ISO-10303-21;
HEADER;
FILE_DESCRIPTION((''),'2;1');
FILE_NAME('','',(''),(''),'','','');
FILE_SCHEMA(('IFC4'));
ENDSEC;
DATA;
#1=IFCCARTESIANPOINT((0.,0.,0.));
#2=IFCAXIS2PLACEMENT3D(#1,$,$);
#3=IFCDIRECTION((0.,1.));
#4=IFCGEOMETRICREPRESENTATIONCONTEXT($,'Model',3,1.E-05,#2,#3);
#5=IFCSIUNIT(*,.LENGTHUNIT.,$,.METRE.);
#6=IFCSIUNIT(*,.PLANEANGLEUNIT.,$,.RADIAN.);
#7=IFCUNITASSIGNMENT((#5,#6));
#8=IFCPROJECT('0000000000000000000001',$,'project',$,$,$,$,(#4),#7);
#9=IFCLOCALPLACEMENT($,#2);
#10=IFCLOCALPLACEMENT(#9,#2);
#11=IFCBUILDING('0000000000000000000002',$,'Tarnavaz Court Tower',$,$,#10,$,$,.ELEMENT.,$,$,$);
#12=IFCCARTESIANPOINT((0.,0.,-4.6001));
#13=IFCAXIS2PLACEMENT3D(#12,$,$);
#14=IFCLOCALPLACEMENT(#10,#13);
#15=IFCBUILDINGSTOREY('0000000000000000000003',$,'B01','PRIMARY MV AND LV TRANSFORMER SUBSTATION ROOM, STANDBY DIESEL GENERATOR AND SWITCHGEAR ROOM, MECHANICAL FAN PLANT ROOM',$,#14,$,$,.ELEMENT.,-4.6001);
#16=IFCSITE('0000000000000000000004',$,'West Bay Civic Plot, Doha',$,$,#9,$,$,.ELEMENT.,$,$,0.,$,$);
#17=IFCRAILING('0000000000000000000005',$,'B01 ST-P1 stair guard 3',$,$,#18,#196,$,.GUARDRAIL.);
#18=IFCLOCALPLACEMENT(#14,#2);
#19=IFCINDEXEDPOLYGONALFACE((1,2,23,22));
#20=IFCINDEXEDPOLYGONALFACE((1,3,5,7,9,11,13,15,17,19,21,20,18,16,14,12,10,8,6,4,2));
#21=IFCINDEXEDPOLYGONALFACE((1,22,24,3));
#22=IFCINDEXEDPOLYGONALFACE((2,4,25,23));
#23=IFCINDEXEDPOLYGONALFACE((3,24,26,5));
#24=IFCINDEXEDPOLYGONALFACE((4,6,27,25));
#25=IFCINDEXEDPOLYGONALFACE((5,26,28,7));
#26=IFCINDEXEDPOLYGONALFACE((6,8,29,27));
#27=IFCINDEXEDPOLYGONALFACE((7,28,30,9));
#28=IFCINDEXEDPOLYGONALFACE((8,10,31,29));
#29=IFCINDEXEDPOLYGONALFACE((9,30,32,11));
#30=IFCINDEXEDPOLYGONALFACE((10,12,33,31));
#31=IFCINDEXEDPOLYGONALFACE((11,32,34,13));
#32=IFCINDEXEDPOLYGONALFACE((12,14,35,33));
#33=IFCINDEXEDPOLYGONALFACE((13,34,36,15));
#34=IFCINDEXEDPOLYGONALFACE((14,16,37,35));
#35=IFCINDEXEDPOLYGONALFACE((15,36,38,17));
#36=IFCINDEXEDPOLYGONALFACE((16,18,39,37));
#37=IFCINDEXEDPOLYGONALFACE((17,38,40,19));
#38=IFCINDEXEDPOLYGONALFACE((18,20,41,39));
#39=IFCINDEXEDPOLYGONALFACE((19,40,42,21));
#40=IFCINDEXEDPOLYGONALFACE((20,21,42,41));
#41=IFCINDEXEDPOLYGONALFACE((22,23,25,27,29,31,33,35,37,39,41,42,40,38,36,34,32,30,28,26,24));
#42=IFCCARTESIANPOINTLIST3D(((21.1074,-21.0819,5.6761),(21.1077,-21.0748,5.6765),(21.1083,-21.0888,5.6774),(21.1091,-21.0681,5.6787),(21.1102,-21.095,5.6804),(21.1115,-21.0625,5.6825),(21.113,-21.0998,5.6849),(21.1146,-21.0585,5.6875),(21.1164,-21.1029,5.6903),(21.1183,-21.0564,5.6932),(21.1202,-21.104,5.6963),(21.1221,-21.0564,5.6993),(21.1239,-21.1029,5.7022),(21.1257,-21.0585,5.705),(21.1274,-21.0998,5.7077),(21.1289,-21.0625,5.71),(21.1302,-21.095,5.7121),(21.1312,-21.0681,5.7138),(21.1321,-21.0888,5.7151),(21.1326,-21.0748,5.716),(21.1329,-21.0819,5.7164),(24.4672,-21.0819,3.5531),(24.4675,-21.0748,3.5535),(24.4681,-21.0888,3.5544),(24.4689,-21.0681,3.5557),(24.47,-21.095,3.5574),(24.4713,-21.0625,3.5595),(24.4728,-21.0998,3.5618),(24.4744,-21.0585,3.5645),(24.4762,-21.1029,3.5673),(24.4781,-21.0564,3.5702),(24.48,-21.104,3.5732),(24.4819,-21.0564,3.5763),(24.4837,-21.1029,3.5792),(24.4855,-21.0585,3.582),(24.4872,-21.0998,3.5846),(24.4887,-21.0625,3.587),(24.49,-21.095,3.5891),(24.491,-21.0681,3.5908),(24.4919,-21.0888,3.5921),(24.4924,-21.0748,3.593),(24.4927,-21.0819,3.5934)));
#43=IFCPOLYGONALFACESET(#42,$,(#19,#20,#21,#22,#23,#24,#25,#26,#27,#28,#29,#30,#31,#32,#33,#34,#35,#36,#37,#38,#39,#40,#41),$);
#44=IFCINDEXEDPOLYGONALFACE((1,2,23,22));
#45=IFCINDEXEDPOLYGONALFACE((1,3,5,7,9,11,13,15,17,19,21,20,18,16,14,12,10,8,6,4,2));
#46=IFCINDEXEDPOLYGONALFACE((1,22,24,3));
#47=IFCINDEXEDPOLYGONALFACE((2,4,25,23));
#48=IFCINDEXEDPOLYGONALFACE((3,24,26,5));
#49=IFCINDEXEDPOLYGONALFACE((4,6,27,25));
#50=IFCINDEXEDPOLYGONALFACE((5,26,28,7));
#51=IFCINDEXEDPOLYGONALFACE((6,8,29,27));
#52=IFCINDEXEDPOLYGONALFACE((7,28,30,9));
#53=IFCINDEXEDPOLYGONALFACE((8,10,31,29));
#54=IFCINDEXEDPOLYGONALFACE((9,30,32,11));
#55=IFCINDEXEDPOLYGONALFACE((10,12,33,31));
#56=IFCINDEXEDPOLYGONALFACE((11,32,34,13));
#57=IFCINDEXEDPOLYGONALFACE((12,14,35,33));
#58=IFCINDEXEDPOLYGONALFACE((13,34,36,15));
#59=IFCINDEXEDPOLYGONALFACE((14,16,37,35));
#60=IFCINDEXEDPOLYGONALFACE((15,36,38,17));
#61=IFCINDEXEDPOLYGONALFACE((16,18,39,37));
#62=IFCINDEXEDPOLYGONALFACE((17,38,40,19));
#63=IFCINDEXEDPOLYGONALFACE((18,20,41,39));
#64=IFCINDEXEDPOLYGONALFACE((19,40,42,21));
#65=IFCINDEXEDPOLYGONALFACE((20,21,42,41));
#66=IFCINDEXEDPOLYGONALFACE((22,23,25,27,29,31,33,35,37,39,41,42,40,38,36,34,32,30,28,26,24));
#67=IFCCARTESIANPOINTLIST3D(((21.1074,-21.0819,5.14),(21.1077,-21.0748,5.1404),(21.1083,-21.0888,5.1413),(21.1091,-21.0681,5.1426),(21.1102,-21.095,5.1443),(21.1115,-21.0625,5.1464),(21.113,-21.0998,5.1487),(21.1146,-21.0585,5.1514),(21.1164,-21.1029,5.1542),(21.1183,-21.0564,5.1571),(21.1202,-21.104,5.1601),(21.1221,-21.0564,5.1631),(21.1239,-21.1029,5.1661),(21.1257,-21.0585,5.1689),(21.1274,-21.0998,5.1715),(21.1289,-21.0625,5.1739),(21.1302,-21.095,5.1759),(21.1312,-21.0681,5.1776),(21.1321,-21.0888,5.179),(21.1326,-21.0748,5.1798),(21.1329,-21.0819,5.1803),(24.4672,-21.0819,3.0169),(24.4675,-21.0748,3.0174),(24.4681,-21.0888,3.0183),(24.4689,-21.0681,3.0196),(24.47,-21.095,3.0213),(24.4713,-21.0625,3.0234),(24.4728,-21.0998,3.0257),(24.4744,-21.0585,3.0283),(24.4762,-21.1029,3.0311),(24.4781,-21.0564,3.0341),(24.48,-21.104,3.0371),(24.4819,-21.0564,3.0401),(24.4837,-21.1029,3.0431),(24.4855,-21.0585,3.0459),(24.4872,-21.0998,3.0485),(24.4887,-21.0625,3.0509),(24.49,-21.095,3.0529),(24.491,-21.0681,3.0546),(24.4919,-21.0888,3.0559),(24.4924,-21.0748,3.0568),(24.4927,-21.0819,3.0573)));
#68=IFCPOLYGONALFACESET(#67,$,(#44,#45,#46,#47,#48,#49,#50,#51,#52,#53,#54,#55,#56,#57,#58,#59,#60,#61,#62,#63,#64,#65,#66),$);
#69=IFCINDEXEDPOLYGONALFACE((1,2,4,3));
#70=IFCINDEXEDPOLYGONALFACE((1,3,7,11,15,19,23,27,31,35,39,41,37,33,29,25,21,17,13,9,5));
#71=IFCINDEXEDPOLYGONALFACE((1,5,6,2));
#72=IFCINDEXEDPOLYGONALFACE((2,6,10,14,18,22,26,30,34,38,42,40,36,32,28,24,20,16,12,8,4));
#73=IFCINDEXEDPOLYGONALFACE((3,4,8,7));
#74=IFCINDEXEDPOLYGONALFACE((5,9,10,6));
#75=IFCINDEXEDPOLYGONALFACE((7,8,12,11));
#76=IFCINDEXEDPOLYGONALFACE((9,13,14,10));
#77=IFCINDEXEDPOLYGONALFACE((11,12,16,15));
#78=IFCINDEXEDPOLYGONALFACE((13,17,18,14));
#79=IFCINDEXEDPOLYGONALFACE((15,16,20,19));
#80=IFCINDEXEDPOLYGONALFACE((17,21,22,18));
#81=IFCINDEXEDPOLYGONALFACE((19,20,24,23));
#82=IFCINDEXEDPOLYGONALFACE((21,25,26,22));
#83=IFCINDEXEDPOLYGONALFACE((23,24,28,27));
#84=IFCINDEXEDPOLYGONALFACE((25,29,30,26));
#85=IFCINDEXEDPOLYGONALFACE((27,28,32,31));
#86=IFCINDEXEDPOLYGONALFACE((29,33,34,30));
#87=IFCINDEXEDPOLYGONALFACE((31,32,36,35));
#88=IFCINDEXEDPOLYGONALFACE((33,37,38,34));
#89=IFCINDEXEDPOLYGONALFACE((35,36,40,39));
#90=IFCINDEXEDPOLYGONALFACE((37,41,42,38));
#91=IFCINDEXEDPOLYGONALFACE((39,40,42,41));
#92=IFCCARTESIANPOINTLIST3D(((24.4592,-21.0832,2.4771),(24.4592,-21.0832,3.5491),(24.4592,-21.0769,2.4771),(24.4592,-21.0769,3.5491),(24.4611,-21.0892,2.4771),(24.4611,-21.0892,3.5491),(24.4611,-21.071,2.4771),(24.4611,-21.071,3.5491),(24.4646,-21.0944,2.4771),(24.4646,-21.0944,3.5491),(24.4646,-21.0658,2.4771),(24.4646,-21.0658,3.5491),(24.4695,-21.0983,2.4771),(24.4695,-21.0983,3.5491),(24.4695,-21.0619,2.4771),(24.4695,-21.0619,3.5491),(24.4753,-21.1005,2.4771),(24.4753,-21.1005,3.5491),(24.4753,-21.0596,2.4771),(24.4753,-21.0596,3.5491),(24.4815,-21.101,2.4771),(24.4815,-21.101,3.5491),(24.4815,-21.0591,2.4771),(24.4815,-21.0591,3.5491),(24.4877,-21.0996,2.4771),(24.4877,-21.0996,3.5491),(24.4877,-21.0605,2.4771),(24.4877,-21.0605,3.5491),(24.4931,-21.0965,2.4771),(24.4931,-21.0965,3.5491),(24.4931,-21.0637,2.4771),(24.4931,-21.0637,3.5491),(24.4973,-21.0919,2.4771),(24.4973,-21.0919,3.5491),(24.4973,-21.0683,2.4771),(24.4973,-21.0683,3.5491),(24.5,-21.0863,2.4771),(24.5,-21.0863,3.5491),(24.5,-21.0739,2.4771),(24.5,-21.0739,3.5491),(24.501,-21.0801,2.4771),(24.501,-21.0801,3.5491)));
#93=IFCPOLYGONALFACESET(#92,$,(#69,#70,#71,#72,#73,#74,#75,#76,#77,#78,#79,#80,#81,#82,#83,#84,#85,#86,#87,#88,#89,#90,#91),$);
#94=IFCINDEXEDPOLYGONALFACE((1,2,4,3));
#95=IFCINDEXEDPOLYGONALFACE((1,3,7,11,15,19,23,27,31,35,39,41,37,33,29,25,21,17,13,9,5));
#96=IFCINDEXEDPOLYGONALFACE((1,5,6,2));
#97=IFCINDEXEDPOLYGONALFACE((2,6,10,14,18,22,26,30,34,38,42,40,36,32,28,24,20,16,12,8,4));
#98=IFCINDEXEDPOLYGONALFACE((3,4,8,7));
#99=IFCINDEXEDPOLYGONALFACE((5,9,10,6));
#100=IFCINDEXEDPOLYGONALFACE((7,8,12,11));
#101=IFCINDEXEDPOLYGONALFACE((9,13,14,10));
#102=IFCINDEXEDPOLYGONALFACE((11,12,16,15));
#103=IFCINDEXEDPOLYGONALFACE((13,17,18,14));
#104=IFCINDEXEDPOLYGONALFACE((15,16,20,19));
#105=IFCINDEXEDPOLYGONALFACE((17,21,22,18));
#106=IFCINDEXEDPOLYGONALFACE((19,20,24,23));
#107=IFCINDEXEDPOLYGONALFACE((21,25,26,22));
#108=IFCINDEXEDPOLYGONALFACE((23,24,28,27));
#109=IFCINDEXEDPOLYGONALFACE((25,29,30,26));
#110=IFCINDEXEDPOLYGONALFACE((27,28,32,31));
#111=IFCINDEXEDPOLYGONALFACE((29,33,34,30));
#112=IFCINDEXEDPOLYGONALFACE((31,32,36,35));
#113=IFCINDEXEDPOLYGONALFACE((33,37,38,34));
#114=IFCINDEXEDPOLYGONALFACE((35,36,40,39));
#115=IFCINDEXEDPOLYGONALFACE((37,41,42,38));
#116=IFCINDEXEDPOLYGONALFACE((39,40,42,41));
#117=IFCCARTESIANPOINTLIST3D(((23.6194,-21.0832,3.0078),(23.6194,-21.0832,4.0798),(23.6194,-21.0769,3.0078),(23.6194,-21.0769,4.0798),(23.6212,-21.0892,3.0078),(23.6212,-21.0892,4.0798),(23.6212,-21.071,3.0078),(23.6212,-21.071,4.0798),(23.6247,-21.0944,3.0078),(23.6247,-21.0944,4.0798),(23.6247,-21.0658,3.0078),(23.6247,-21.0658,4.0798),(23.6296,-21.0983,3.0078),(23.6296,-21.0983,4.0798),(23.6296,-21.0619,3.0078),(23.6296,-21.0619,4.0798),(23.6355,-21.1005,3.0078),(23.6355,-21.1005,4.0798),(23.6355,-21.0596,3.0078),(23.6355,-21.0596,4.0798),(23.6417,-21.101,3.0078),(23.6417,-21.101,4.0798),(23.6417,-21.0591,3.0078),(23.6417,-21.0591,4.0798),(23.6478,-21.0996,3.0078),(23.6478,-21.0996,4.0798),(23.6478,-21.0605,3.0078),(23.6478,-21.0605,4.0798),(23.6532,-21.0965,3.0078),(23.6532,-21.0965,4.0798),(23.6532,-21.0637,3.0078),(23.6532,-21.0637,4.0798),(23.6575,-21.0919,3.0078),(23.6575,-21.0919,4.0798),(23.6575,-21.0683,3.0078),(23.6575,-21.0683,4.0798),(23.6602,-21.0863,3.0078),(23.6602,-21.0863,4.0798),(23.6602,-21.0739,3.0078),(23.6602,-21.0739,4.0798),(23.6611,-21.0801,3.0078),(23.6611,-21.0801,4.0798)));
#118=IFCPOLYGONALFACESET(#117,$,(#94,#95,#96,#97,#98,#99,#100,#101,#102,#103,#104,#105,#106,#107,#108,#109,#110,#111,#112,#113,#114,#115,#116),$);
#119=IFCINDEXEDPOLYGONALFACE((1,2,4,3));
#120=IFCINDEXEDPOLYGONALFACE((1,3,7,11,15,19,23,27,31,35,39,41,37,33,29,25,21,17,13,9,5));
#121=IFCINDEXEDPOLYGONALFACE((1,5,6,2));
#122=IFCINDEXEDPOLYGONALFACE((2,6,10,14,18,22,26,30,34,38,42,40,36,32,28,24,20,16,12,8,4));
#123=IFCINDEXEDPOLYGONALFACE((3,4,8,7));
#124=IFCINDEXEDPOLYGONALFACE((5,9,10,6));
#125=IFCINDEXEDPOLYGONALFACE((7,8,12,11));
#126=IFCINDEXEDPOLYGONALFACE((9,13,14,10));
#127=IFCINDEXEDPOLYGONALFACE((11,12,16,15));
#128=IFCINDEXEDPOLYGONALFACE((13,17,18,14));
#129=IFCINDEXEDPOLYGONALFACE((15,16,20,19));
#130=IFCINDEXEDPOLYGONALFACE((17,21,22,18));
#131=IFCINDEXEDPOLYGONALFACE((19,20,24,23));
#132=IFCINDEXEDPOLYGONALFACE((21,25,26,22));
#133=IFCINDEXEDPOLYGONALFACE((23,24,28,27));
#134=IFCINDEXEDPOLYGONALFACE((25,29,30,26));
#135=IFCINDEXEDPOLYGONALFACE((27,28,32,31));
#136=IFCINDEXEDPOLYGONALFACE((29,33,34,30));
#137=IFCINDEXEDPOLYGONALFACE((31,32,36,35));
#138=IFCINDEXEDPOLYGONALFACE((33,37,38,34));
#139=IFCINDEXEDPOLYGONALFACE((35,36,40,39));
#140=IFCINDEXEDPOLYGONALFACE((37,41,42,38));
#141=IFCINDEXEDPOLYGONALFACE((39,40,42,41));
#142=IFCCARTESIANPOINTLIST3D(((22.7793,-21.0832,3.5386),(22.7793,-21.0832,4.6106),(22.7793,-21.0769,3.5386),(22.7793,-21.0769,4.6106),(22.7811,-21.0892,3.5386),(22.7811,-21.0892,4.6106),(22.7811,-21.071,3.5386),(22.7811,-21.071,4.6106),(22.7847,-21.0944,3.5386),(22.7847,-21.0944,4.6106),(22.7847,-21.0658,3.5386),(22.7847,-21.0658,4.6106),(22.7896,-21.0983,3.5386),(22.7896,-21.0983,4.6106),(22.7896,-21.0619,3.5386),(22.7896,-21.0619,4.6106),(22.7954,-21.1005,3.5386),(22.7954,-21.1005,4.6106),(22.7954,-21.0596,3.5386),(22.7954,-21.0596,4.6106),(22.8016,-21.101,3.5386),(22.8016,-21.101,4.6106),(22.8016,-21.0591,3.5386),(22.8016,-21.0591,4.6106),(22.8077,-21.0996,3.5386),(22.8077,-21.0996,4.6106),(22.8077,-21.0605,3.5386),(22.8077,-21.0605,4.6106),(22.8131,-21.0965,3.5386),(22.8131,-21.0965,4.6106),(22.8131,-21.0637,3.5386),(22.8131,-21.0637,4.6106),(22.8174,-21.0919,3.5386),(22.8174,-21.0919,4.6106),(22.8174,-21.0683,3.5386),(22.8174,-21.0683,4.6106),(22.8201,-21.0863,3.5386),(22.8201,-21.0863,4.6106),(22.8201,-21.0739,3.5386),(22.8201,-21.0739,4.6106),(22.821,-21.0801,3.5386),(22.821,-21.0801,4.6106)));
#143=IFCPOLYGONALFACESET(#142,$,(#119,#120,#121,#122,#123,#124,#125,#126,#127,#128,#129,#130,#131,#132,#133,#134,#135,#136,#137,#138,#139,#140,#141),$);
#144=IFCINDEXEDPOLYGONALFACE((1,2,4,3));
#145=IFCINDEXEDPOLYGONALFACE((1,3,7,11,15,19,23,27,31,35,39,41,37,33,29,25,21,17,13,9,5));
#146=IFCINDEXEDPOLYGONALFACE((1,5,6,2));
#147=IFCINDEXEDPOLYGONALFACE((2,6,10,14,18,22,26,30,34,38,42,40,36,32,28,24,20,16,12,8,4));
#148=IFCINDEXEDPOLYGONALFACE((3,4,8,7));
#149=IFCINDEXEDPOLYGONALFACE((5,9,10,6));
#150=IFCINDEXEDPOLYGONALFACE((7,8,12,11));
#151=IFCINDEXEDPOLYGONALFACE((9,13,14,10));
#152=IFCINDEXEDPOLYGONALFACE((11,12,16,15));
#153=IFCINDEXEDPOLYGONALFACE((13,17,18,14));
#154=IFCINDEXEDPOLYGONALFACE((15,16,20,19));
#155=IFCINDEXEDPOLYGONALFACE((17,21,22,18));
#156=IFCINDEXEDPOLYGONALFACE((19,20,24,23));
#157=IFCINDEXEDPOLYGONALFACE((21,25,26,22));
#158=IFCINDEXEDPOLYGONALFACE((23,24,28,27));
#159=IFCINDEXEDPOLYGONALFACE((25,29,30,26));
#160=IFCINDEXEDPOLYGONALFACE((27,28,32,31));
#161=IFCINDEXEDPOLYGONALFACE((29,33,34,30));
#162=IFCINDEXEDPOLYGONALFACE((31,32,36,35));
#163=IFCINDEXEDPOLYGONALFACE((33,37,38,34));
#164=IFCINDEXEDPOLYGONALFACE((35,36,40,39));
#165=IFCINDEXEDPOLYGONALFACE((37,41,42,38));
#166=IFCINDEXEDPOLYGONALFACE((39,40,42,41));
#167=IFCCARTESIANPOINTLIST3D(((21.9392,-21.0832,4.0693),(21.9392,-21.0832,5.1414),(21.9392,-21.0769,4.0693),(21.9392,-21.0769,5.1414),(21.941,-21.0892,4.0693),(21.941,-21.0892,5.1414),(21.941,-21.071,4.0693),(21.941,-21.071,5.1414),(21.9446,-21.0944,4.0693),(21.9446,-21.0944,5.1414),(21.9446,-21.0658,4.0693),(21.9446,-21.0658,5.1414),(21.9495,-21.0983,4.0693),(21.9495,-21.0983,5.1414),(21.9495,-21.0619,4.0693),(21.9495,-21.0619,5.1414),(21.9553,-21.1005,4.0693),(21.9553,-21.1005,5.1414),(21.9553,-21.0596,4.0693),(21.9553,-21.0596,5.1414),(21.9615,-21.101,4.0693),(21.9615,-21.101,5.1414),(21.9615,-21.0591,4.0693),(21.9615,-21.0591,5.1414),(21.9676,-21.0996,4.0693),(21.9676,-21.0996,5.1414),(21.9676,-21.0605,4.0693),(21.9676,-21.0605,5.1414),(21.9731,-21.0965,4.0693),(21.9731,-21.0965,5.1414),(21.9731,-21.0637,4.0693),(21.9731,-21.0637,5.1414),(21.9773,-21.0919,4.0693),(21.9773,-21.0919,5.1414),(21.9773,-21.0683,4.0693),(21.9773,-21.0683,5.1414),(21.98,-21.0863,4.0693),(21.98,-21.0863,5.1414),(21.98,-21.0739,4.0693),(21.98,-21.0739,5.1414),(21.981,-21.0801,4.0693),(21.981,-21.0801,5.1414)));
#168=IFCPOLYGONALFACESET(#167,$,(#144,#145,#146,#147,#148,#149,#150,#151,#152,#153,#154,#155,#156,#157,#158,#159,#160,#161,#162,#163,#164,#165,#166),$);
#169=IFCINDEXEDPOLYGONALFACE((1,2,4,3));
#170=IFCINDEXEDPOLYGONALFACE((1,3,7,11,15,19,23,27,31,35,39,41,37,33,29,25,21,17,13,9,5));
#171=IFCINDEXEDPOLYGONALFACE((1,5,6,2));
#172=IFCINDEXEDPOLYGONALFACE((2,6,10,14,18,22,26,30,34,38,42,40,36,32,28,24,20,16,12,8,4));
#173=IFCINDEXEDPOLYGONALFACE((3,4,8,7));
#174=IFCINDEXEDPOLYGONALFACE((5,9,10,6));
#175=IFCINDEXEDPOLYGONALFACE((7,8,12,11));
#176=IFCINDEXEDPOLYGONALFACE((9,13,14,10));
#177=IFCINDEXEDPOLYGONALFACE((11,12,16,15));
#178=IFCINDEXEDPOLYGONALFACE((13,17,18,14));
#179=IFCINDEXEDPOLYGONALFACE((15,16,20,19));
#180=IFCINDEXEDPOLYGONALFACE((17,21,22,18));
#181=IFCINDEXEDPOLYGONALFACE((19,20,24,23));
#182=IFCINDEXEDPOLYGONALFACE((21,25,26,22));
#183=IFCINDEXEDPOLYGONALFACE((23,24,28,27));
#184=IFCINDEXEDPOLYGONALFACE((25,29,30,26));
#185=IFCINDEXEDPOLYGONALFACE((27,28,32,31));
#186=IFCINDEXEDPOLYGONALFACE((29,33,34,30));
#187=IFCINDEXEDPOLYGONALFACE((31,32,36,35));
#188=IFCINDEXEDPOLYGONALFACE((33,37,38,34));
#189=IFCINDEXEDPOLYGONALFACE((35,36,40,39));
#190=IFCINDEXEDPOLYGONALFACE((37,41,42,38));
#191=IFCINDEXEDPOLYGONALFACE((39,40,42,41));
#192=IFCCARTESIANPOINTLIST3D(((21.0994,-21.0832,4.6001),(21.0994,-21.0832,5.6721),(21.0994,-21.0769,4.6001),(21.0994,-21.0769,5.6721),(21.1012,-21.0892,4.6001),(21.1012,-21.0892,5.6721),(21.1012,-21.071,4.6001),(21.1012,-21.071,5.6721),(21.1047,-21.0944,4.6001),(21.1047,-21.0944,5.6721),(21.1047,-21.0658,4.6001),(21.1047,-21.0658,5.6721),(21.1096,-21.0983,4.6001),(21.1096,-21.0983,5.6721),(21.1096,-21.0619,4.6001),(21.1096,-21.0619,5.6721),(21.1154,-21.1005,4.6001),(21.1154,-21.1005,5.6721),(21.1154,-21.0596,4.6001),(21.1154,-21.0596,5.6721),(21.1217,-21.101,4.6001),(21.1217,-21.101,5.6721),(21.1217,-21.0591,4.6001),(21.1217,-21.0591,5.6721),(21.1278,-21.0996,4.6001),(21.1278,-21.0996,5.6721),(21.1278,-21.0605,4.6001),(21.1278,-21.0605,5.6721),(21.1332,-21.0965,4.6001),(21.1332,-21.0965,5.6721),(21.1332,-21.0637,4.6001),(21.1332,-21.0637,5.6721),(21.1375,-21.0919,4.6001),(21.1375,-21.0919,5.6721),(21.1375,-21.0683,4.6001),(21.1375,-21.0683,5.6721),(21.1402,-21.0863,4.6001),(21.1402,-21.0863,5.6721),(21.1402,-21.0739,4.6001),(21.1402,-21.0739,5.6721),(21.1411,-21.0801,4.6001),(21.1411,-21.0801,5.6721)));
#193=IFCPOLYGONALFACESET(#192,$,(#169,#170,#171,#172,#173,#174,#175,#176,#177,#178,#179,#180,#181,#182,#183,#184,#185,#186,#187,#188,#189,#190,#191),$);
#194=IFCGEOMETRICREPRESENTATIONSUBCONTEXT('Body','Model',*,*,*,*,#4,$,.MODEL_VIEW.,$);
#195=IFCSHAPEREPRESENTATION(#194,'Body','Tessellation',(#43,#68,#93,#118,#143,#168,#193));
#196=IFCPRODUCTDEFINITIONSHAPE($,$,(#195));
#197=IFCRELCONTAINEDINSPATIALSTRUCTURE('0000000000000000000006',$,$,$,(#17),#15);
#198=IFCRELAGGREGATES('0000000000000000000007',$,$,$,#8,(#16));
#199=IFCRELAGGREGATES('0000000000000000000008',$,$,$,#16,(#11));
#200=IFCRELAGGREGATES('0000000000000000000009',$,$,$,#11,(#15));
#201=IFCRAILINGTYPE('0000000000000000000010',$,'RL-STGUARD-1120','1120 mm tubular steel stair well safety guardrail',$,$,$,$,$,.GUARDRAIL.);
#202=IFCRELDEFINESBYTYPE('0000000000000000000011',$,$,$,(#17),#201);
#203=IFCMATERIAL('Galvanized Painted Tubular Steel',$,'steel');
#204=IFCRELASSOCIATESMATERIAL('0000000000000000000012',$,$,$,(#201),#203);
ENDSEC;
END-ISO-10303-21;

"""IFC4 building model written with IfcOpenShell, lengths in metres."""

from ifc_helpers import new_model, si_unit, direction, frame, origin, origin_2d, place, context, subcontext, project, spatial, circle, extrude, material, type_object, element, save


model = new_model("IFC4")

# Units and contexts
model_context = context("Model", 3, precision=1e-05, world=origin(), true_north=direction((0.0, 1.0)))
body_context = subcontext(model_context, "Body", "Model", "MODEL_VIEW")
ifc_project = project(units=[si_unit("LENGTHUNIT", "METRE"), si_unit("PLANEANGLEUNIT", "RADIAN")], contexts=[model_context])

# Site, building, storey
site_placement = place(None, origin())
site = spatial("IfcSite", under=ifc_project, at=site_placement, Name="West Bay Civic Plot, Doha", CompositionType="ELEMENT", RefElevation=0.0)
building_placement = place(site_placement, origin())
building = spatial("IfcBuilding", under=site, at=building_placement, Name="Tarnavaz Court Tower", CompositionType="ELEMENT")
storey_placement = place(building_placement, frame((0.0, 0.0, -4.6001)))
storey = spatial("IfcBuildingStorey", under=building, at=storey_placement, Name="B01", Description="PRIMARY MV AND LV TRANSFORMER SUBSTATION ROOM, STANDBY DIESEL GENERATOR AND SWITCHGEAR ROOM, MECHANICAL FAN PLANT ROOM", CompositionType="ELEMENT", Elevation=-4.6001)

# Railing
ifc_material_1 = material(Name="Galvanized Painted Tubular Steel", Category="steel")
railing_type_1 = type_object("IfcRailingType", Name="RL-STGUARD-1120", Description="1120 mm tubular steel stair well safety guardrail", PredefinedType="GUARDRAIL", material=ifc_material_1)
railing_1_placement = place(storey_placement, frame((24.48, -21.0801, 2.4771)))
element("IfcRailing", 1, at=railing_1_placement, inside=storey, type_object=railing_type_1, Name="B01 ST-P1 stair guard 3", PredefinedType="GUARDRAIL", context=body_context, shape_type="SweptSolid", body=[
    extrude(circle(Radius=0.0239, at=origin_2d()), frame((0.0, 0.0, 1.0962), z_axis=(-0.845372, 0.0, 0.534178), x_axis=(0.0, -1.0, 0.0)), (0.0, 0.0, 1.0), 3.9744),
    extrude(circle(Radius=0.0239, at=origin_2d()), frame((0.0, 0.0, 0.5601), z_axis=(-0.845372, 0.0, 0.534178), x_axis=(0.0, -1.0, 0.0)), (0.0, 0.0, 1.0), 3.9744),
    extrude(circle(Radius=0.021, at=origin_2d()), origin(), (0.0, 0.0, 1.0), 1.072),
    extrude(circle(Radius=0.021, at=origin_2d()), frame((-0.8398, 0.0, 0.5308)), (0.0, 0.0, 1.0), 1.072),
    extrude(circle(Radius=0.021, at=origin_2d()), frame((-1.6799, 0.0, 1.0615)), (0.0, 0.0, 1.0), 1.072),
    extrude(circle(Radius=0.021, at=origin_2d()), frame((-2.52, 0.0, 1.5923)), (0.0, 0.0, 1.0), 1.072),
    extrude(circle(Radius=0.021, at=origin_2d()), frame((-3.3599, 0.0, 2.123)), (0.0, 0.0, 1.0), 1.072),
])

save(model, "model.ifc")
